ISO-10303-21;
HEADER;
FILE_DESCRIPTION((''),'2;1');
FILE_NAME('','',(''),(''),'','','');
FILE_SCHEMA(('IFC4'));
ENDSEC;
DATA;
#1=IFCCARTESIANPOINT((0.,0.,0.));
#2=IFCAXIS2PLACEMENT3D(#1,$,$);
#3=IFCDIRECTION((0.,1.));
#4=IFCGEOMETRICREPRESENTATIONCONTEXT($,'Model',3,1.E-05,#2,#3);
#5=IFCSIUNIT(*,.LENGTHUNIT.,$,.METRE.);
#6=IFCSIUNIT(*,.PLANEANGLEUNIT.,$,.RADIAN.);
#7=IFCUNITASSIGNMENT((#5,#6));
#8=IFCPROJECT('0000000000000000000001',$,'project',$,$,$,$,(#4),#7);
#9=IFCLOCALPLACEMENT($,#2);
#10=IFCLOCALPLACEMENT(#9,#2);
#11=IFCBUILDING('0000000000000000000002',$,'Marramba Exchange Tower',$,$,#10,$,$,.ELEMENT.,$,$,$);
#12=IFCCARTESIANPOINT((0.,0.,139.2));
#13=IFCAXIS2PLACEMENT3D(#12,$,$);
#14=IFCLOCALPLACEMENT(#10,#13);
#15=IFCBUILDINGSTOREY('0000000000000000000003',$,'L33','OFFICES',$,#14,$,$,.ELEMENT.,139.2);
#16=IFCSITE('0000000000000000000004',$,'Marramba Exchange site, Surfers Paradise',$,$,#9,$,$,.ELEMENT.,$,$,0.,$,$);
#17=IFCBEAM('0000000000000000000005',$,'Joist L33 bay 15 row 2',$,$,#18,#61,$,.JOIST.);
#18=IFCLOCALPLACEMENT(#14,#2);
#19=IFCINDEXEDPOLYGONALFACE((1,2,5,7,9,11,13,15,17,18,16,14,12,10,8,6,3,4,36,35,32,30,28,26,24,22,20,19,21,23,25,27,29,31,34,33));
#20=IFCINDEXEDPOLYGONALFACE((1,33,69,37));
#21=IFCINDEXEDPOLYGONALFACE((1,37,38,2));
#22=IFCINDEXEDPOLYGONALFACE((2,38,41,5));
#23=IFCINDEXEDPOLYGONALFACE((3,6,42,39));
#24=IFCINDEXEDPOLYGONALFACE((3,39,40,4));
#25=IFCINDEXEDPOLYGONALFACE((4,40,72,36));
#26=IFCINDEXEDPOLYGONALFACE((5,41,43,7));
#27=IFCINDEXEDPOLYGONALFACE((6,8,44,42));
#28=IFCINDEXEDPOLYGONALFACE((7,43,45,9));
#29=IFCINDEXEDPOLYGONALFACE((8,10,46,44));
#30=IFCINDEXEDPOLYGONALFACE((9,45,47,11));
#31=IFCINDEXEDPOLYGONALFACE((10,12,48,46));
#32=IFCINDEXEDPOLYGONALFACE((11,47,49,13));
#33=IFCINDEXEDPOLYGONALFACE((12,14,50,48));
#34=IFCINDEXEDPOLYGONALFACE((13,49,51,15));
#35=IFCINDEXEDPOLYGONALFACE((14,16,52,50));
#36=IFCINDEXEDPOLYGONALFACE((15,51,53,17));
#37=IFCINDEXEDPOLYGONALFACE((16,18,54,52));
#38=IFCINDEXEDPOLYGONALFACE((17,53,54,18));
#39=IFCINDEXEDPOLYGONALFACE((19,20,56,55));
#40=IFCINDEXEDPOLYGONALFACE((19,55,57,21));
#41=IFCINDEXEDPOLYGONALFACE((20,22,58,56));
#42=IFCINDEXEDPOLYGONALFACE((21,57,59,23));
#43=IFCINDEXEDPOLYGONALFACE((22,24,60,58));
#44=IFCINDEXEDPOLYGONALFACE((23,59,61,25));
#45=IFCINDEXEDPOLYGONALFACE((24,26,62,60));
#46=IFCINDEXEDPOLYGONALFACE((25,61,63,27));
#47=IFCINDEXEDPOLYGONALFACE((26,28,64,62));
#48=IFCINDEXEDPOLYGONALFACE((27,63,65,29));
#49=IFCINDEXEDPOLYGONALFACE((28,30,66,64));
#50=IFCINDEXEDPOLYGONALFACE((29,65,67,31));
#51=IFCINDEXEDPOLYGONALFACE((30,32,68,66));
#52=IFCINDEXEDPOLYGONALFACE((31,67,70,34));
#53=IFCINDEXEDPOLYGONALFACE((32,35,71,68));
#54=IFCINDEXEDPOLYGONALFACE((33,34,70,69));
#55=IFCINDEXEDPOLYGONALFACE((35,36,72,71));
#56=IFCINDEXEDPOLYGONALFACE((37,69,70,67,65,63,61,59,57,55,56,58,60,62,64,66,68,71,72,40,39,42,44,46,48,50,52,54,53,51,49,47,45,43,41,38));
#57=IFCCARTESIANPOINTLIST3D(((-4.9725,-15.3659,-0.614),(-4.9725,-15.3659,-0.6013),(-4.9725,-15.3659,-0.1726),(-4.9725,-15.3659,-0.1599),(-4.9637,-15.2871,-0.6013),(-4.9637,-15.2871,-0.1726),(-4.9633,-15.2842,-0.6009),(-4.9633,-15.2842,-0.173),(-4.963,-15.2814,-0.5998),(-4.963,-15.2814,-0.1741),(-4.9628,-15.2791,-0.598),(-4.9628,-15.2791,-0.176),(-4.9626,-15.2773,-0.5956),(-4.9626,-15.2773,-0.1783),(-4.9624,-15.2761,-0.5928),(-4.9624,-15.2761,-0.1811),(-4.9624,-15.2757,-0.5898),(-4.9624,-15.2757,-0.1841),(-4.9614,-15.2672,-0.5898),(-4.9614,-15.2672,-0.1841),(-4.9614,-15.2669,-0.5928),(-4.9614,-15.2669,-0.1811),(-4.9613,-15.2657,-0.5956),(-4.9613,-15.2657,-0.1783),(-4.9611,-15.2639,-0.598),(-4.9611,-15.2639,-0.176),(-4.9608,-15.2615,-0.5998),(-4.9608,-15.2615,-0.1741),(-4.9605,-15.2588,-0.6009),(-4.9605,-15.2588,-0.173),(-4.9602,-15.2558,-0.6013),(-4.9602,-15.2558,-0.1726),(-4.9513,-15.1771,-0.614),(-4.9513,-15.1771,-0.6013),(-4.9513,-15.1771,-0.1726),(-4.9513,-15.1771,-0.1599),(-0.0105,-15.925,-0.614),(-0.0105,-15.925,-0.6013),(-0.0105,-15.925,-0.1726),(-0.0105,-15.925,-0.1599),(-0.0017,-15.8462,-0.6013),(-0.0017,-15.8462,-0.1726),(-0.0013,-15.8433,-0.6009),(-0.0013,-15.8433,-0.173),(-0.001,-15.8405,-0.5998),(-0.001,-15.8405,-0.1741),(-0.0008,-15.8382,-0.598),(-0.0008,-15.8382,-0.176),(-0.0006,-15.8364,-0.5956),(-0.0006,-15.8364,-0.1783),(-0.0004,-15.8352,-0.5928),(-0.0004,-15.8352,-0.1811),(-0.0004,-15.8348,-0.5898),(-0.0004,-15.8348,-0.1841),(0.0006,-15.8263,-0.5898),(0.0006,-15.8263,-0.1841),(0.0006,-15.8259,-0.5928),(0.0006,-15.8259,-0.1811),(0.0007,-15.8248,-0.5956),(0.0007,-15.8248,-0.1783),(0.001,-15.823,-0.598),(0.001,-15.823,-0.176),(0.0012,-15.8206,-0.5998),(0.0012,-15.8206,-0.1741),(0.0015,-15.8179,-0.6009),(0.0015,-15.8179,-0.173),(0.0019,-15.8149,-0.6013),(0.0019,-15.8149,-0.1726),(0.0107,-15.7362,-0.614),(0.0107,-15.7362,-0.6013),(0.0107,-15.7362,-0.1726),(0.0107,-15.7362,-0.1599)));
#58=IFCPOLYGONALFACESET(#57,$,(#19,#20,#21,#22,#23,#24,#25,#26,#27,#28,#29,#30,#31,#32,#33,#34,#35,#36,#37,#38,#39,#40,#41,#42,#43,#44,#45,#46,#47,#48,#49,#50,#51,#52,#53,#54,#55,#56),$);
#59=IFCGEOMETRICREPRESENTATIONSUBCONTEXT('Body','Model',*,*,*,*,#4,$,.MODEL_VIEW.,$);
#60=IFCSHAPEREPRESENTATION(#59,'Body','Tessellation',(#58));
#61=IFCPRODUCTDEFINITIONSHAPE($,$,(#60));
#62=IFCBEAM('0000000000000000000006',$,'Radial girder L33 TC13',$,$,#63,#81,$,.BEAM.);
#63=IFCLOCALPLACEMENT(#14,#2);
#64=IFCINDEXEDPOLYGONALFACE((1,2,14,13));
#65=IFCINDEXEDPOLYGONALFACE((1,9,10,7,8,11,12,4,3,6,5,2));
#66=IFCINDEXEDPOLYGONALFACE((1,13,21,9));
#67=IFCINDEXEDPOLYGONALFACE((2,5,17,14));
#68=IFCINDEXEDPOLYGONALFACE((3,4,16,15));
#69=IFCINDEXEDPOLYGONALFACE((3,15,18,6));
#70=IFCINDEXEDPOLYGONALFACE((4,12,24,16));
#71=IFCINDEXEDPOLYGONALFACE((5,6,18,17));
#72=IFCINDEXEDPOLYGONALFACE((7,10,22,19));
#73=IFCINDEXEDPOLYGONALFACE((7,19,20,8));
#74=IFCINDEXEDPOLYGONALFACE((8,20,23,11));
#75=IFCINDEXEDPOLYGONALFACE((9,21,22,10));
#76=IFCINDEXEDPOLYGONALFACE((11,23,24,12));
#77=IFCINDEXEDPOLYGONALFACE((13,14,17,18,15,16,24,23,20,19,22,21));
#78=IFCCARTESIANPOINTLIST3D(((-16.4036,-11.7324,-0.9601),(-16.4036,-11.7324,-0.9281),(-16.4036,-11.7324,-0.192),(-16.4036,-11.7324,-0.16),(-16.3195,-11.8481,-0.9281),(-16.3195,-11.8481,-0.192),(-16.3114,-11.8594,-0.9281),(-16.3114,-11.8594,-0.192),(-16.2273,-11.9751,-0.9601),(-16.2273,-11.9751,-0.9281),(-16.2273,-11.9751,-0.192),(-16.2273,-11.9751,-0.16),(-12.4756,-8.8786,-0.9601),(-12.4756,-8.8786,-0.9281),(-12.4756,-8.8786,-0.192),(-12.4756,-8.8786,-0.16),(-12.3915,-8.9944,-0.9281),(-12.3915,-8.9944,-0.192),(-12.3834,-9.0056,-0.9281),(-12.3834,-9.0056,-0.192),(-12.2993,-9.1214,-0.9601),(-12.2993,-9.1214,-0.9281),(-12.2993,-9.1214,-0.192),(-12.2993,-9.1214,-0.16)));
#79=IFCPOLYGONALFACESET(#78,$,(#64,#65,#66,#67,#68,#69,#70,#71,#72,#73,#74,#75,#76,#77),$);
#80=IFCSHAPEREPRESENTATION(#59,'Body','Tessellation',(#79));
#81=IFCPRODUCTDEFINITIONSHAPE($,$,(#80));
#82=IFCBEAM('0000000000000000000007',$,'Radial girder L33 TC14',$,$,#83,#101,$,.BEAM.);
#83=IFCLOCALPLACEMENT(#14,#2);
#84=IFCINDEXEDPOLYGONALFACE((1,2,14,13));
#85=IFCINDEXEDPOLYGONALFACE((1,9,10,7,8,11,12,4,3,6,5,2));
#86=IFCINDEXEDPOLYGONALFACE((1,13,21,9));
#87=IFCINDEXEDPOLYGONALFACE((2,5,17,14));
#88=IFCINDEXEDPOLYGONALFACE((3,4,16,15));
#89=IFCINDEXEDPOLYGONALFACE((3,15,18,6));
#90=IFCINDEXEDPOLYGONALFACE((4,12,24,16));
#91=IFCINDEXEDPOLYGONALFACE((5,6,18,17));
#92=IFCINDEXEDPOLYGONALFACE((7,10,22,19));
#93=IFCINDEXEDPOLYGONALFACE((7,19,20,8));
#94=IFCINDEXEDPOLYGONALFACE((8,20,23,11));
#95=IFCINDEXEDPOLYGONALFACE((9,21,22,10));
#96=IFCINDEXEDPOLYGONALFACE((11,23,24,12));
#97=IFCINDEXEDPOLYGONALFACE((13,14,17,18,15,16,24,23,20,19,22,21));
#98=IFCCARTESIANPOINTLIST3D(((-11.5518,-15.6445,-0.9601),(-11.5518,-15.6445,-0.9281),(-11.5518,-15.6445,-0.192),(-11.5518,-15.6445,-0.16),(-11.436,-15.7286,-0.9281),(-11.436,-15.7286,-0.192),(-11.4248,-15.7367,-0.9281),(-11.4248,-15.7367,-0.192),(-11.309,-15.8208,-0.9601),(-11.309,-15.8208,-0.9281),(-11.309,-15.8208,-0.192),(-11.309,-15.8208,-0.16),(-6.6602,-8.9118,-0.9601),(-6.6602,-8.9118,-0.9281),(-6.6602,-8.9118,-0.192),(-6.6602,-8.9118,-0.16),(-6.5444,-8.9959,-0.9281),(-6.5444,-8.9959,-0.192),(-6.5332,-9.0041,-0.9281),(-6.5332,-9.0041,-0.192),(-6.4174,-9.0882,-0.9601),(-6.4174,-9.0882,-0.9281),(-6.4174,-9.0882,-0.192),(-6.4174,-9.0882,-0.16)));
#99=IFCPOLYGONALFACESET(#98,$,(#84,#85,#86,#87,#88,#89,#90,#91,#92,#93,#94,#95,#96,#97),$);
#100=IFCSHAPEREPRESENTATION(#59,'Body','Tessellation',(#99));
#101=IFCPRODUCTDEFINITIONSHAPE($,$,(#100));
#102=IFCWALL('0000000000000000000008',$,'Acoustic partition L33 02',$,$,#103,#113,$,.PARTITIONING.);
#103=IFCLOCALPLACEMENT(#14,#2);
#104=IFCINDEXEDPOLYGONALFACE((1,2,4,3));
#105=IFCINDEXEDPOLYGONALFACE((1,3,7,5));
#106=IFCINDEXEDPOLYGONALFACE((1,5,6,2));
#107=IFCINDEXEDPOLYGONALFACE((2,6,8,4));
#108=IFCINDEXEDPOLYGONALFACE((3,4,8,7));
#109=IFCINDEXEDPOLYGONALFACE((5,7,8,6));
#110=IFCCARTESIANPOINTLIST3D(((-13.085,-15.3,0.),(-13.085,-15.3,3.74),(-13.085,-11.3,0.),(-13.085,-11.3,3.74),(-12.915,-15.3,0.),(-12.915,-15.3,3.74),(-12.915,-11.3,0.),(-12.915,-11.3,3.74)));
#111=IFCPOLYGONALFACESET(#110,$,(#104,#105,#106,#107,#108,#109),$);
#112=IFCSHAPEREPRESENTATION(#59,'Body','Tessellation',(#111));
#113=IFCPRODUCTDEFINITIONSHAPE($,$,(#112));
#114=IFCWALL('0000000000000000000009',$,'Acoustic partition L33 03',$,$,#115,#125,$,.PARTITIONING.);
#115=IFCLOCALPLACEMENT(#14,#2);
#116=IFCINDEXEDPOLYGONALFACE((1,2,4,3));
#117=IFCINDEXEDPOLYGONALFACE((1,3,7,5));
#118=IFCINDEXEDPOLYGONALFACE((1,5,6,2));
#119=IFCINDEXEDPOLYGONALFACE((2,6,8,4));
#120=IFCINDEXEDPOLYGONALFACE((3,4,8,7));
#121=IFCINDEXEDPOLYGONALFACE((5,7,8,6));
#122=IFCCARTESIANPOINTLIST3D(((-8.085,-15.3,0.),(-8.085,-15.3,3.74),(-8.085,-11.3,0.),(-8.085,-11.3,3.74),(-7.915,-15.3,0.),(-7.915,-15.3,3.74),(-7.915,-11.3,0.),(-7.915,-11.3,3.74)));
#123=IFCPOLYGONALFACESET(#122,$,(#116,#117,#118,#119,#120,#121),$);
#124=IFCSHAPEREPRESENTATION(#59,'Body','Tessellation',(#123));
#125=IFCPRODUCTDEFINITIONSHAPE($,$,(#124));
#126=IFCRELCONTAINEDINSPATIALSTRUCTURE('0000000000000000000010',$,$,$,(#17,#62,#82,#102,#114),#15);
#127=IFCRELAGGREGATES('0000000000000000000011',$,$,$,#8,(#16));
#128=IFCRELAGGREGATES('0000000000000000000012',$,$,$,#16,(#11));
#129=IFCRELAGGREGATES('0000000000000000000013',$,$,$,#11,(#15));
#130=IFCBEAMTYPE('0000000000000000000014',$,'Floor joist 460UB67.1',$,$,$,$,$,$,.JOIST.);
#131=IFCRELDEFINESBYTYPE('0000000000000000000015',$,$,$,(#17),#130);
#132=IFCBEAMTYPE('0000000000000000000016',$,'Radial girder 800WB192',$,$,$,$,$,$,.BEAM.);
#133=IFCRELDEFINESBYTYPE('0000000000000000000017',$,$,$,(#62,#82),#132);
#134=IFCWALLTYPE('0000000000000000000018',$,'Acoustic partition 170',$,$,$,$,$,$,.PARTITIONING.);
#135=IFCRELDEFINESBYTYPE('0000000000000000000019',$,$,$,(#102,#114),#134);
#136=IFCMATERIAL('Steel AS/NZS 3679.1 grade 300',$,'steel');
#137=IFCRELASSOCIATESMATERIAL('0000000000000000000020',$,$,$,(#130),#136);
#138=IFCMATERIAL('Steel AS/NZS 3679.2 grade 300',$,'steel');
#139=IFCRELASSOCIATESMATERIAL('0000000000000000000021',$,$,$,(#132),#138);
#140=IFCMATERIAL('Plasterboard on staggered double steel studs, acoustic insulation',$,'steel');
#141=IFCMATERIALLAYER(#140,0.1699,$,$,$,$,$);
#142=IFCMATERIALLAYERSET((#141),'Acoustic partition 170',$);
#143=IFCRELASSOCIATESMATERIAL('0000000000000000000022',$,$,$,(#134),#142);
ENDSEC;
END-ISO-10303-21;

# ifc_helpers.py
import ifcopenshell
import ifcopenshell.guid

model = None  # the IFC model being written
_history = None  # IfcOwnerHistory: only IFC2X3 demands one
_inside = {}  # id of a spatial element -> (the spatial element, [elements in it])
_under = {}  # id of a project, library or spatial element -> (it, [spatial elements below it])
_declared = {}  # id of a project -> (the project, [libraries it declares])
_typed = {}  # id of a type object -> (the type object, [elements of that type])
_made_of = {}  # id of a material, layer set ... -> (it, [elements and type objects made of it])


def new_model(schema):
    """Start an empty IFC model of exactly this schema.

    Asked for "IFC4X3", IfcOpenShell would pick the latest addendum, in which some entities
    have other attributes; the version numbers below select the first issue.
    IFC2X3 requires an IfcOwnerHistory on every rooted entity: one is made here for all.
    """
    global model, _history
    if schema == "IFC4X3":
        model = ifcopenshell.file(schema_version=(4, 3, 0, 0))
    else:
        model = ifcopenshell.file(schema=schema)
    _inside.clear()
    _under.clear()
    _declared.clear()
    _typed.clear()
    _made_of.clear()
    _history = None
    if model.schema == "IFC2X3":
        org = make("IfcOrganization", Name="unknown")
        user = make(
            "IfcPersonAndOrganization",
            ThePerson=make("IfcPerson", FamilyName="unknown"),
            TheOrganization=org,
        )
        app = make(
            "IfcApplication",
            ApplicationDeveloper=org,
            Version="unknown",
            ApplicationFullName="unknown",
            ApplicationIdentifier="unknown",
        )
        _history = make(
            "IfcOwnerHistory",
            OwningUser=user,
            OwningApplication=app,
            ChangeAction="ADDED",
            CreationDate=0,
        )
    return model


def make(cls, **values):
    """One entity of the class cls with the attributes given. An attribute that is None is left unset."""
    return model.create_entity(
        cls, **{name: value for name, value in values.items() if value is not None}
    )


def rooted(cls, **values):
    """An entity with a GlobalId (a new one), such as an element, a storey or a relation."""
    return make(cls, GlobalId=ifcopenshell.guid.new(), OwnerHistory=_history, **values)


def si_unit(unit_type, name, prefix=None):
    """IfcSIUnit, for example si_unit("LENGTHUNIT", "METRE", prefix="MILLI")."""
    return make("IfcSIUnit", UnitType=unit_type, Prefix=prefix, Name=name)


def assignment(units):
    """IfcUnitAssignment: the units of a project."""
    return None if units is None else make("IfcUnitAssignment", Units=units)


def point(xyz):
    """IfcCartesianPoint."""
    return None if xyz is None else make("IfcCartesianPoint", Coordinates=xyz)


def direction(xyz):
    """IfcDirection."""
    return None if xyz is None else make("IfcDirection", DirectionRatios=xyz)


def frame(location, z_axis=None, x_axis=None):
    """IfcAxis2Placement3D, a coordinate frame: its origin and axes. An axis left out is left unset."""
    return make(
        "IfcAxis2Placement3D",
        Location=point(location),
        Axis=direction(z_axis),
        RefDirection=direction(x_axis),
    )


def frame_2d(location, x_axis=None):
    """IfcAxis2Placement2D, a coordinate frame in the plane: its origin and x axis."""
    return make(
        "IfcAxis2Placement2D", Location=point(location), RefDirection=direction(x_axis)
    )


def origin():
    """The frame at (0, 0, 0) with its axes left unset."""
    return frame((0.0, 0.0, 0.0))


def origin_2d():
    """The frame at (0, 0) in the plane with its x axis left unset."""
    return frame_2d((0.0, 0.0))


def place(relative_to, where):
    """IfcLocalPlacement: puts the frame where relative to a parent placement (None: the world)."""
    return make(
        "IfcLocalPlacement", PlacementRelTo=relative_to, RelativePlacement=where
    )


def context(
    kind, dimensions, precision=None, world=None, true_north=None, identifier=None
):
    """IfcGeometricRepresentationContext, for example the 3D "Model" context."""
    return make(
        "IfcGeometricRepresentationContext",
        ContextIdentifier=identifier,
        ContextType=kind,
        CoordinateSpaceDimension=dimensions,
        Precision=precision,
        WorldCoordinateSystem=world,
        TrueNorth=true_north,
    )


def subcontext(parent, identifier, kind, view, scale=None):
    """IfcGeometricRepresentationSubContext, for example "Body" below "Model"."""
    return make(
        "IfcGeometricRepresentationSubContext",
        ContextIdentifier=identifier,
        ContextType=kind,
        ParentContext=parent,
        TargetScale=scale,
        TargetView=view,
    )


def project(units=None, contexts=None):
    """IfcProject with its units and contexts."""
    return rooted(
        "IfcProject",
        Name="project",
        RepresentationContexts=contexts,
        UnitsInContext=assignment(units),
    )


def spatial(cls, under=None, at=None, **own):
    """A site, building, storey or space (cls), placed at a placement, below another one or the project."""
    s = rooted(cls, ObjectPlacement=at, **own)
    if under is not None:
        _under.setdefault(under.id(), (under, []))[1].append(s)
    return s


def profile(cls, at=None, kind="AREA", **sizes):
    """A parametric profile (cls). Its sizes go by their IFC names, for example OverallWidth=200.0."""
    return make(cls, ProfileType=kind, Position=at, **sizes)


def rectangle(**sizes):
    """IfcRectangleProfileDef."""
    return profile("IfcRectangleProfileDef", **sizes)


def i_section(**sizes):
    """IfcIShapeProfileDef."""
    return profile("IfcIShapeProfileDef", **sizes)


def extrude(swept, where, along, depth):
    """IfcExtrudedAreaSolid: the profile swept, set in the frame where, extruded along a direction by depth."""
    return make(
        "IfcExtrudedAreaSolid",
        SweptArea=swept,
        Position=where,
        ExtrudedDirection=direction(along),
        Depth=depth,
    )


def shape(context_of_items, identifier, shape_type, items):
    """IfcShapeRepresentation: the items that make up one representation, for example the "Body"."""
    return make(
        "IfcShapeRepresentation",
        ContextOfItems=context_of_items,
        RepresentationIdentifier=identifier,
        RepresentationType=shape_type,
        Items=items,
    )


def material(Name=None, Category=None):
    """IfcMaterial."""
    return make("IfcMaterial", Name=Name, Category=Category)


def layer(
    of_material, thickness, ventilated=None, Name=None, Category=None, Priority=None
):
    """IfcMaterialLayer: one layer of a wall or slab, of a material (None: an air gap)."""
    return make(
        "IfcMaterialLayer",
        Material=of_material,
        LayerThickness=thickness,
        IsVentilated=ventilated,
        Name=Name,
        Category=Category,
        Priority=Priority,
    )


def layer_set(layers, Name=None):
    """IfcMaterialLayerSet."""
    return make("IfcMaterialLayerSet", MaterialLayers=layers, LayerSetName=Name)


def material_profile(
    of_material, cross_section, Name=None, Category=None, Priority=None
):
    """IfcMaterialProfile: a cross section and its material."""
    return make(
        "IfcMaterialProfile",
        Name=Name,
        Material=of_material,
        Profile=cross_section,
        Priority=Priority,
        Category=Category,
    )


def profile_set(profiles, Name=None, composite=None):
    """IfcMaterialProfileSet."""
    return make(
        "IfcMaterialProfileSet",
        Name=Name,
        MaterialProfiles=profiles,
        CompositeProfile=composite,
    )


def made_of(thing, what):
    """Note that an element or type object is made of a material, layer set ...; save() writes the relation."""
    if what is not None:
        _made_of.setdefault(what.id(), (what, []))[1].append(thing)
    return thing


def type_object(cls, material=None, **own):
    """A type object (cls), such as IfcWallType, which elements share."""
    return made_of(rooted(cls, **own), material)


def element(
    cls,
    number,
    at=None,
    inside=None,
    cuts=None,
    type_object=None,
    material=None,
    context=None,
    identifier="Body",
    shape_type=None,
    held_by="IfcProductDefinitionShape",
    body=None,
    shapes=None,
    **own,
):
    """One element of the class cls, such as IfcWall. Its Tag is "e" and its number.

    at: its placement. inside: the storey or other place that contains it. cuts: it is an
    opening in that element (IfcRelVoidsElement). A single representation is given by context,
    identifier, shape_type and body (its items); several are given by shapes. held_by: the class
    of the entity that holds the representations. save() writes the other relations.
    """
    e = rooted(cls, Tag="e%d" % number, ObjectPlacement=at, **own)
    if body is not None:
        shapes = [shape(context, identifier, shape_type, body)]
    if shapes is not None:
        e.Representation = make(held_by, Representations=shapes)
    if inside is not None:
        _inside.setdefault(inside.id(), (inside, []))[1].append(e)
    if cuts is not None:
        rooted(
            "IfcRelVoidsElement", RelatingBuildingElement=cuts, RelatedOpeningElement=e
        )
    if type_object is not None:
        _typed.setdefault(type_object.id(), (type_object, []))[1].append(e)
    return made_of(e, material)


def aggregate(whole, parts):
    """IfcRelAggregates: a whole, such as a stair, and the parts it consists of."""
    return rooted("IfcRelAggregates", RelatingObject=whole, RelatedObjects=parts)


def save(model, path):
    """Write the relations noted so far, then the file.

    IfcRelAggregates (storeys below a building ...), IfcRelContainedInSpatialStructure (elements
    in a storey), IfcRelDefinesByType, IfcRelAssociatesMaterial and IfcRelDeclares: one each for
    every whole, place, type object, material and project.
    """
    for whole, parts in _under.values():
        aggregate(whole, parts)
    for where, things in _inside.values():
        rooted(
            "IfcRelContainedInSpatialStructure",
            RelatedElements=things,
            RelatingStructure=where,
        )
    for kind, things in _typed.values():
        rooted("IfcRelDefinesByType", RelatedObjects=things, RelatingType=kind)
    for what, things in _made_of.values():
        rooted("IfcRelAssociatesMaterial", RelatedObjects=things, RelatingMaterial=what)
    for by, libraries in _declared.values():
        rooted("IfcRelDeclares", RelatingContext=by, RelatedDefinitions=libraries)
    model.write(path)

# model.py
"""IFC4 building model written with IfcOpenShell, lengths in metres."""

from ifc_helpers import new_model, si_unit, direction, frame, frame_2d, origin, origin_2d, place, context, subcontext, project, spatial, rectangle, i_section, extrude, material, layer, layer_set, material_profile, profile_set, type_object, element, save


model = new_model("IFC4")

# Units and contexts
model_context = context("Model", 3, precision=1e-05, world=origin(), true_north=direction((0.0, 1.0)))
body_context = subcontext(model_context, "Body", "Model", "MODEL_VIEW")
ifc_project = project(units=[si_unit("LENGTHUNIT", "METRE"), si_unit("PLANEANGLEUNIT", "RADIAN")], contexts=[model_context])

# Site, building, storey
site_placement = place(None, origin())
site = spatial("IfcSite", under=ifc_project, at=site_placement, Name="Marramba Exchange site, Surfers Paradise", CompositionType="ELEMENT", RefElevation=0.0)
building_placement = place(site_placement, origin())
building = spatial("IfcBuilding", under=site, at=building_placement, Name="Marramba Exchange Tower", CompositionType="ELEMENT")
storey_placement = place(building_placement, frame((0.0, 0.0, 139.2)))
storey = spatial("IfcBuildingStorey", under=building, at=storey_placement, Name="L33", Description="OFFICES", CompositionType="ELEMENT", Elevation=139.2)

# Beams
ifc_material_1 = material(Name="Steel AS/NZS 3679.2 grade 300", Category="steel")
ifc_material_2 = material(Name="Steel AS/NZS 3679.1 grade 300", Category="steel")
ifc_material_profile_1 = material_profile(ifc_material_2, i_section(OverallWidth=0.1899, OverallDepth=0.4541, WebThickness=0.0085, FlangeThickness=0.0127, FilletRadius=0.0115, at=origin_2d()), Name="460UB67.1")
ifc_profile_set_1 = profile_set([ifc_material_profile_1], Name="Steel AS/NZS 3679.1 grade 300")
beam_type_1 = type_object("IfcBeamType", Name="Floor joist 460UB67.1", PredefinedType="JOIST", material=ifc_profile_set_1)
beam_1_placement = place(storey_placement, frame((-4.9619, -15.2715, -0.387), z_axis=(0.993712, -0.111966, 0.0), x_axis=(0.111966, 0.993712, 0.0)))
element("IfcBeam", 1, at=beam_1_placement, inside=storey, type_object=beam_type_1, Name="Joist L33 bay 15 row 2", PredefinedType="JOIST", context=body_context, shape_type="SweptSolid", body=[
    extrude(i_section(OverallWidth=0.1899, OverallDepth=0.4541, WebThickness=0.0085, FlangeThickness=0.0127, FilletRadius=0.0115, at=origin_2d()), origin(), (0.0, 0.0, 1.0), 4.9934),
])
ifc_material_profile_2 = material_profile(ifc_material_1, i_section(OverallWidth=0.3, OverallDepth=0.8, WebThickness=0.0139, FlangeThickness=0.032, at=origin_2d()), Name="800WB192")
ifc_profile_set_2 = profile_set([ifc_material_profile_2], Name="Steel AS/NZS 3679.2 grade 300")
beam_type_2 = type_object("IfcBeamType", Name="Radial girder 800WB192", PredefinedType="BEAM", material=ifc_profile_set_2)
beam_2_placement = place(storey_placement, frame((-12.3875, -9.0, -0.5601), z_axis=(-0.809025, -0.587774, 0.0), x_axis=(0.587774, -0.809025, 0.0)))
element("IfcBeam", 2, at=beam_2_placement, inside=storey, type_object=beam_type_2, Name="Radial girder L33 TC13", PredefinedType="BEAM", context=body_context, shape_type="SweptSolid", body=[
    extrude(i_section(OverallWidth=0.3, OverallDepth=0.8, WebThickness=0.0139, FlangeThickness=0.032, at=origin_2d()), origin(), (0.0, 0.0, 1.0), 4.8552),
])
beam_3_placement = place(storey_placement, frame((-6.5388, -9.0, -0.5601), z_axis=(-0.587788, -0.809015, 0.0), x_axis=(0.809015, -0.587788, 0.0)))
element("IfcBeam", 3, at=beam_3_placement, inside=storey, type_object=beam_type_2, Name="Radial girder L33 TC14", PredefinedType="BEAM", context=body_context, shape_type="SweptSolid", body=[
    extrude(i_section(OverallWidth=0.3, OverallDepth=0.8, WebThickness=0.0139, FlangeThickness=0.032, at=origin_2d()), origin(), (0.0, 0.0, 1.0), 8.322),
])

# Walls
ifc_material_3 = material(Name="Plasterboard on staggered double steel studs, acoustic insulation", Category="steel")
ifc_layer_1 = layer(ifc_material_3, 0.1699)
ifc_layer_set_1 = layer_set([ifc_layer_1], Name="Acoustic partition 170")
wall_type_1 = type_object("IfcWallType", Name="Acoustic partition 170", PredefinedType="PARTITIONING", material=ifc_layer_set_1)
for number, where, z_axis, x_axis, name in (
    (4, (-13.0, -15.3, 0.0), (0.0, 0.0, 1.0), (0.0, 1.0, 0.0), "Acoustic partition L33 02"),
    (5, (-8.0, -11.3, 0.0), (0.0, 0.0, 1.0), (0.0, -1.0, 0.0), "Acoustic partition L33 03"),
):
    element("IfcWall", number, at=place(storey_placement, frame(where, z_axis=z_axis, x_axis=x_axis)), inside=storey, type_object=wall_type_1, Name=name, PredefinedType="PARTITIONING", context=body_context, shape_type="SweptSolid", body=[
        extrude(rectangle(XDim=4.0, YDim=0.1699, at=frame_2d((2.0, 0.0))), origin(), (0.0, 0.0, 1.0), 3.74),
    ])

save(model, "model.ifc")
